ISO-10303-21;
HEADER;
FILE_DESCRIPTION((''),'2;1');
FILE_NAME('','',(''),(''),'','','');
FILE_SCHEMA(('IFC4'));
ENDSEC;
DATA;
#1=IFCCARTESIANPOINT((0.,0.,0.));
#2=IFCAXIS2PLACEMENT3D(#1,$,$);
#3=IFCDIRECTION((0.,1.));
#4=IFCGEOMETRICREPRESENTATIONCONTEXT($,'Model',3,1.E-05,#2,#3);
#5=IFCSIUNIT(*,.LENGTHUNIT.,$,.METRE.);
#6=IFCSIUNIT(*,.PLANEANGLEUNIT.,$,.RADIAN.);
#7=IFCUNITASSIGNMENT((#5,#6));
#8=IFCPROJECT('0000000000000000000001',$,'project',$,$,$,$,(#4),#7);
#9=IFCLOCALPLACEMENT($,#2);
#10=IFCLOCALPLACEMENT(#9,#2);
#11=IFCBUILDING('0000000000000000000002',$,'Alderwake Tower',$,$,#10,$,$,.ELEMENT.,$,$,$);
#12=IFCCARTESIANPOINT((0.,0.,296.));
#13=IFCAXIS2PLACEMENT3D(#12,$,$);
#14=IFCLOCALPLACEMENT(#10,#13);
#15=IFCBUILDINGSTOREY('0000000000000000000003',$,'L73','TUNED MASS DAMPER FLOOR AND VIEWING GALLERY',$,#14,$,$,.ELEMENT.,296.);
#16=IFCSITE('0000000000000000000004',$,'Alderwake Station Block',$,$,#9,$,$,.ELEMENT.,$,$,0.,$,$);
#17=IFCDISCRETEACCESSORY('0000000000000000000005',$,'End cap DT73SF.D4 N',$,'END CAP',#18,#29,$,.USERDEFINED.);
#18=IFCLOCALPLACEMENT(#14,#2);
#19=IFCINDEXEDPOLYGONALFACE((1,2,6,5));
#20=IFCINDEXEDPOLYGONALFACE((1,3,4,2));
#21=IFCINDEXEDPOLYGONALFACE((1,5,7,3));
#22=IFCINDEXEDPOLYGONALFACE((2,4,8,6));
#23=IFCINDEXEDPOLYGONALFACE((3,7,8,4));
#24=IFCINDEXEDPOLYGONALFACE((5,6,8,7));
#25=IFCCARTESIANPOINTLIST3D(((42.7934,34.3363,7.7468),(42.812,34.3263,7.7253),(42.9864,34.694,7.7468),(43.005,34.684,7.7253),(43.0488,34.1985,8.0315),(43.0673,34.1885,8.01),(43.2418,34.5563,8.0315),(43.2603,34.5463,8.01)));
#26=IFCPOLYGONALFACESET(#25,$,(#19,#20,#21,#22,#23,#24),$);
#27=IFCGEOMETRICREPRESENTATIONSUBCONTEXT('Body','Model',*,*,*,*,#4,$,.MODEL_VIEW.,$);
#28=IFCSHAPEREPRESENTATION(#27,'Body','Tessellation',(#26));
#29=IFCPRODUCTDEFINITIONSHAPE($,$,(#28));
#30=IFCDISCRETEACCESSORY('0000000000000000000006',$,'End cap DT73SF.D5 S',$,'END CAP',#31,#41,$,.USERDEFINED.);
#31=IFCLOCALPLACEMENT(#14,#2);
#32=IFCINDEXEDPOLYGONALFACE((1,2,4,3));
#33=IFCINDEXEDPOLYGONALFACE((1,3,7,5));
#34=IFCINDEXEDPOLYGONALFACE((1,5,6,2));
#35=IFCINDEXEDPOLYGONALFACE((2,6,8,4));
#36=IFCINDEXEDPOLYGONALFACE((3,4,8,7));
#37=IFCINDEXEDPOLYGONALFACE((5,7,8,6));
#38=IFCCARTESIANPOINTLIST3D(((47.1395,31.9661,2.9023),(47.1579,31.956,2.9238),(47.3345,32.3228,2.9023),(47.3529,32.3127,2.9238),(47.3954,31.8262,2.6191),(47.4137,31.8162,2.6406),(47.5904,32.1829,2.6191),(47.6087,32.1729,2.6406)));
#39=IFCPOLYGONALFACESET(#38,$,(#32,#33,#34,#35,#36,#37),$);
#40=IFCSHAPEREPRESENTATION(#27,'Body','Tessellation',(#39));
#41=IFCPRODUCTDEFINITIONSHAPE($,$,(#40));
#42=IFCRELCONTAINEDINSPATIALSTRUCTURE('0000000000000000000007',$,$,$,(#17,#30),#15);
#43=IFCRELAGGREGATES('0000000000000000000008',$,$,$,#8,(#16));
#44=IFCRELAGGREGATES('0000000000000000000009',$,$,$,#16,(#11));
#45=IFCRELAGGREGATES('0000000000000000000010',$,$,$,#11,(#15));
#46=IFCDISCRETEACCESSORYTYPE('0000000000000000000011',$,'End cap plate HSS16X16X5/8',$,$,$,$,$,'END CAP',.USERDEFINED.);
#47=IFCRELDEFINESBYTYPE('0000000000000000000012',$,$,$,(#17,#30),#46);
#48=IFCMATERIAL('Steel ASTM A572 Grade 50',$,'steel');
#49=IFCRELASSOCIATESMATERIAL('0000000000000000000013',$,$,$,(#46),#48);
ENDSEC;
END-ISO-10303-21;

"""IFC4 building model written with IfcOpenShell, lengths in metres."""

from ifc_helpers import new_model, si_unit, direction, frame, origin, origin_2d, place, context, subcontext, project, spatial, rectangle, extrude, material, material_profile, profile_set, type_object, element, save


model = new_model("IFC4")

# Units and contexts
model_context = context("Model", 3, precision=1e-05, world=origin(), true_north=direction((0.0, 1.0)))
body_context = subcontext(model_context, "Body", "Model", "MODEL_VIEW")
ifc_project = project(units=[si_unit("LENGTHUNIT", "METRE"), si_unit("PLANEANGLEUNIT", "RADIAN")], contexts=[model_context])

# Site, building, storey
site_placement = place(None, origin())
site = spatial("IfcSite", under=ifc_project, at=site_placement, Name="Alderwake Station Block", CompositionType="ELEMENT", RefElevation=0.0)
building_placement = place(site_placement, origin())
building = spatial("IfcBuilding", under=site, at=building_placement, Name="Alderwake Tower", CompositionType="ELEMENT")
storey_placement = place(building_placement, frame((0.0, 0.0, 296.0)))
storey = spatial("IfcBuildingStorey", under=building, at=storey_placement, Name="L73", Description="TUNED MASS DAMPER FLOOR AND VIEWING GALLERY", CompositionType="ELEMENT", Elevation=296.0)

# Discrete accessories
ifc_material_1 = material(Name="Steel ASTM A572 Grade 50", Category="steel")
ifc_material_profile_1 = material_profile(ifc_material_1, rectangle(XDim=0.4065, YDim=0.4065, at=origin_2d()), Name="HSS16X16X5/8 cap")
ifc_profile_set_1 = profile_set([ifc_material_profile_1], Name="Steel ASTM A572 Grade 50")
discrete_accessory_type_1 = type_object("IfcDiscreteAccessoryType", Name="End cap plate HSS16X16X5/8", ElementType="END CAP", PredefinedType="USERDEFINED", material=ifc_profile_set_1)
for number, where, z_axis, x_axis, name in (
    (1, (43.0361, 34.4363, 7.8677), (-0.616421, 0.332543, 0.713751), (-0.47479, -0.880099, 0.0), "End cap DT73SF.D4 N"),
    (2, (47.3833, 32.0645, 2.7822), (-0.611354, 0.334207, -0.717322), (-0.479672, -0.877448, 0.0), "End cap DT73SF.D5 S"),
):
    element("IfcDiscreteAccessory", number, at=place(storey_placement, frame(where, z_axis=z_axis, x_axis=x_axis)), inside=storey, type_object=discrete_accessory_type_1, Name=name, ObjectType="END CAP", PredefinedType="USERDEFINED", context=body_context, shape_type="SweptSolid", body=[
        extrude(rectangle(XDim=0.4065, YDim=0.4065, at=origin_2d()), origin(), (0.0, 0.0, 1.0), 0.03),
    ])

save(model, "model.ifc")
